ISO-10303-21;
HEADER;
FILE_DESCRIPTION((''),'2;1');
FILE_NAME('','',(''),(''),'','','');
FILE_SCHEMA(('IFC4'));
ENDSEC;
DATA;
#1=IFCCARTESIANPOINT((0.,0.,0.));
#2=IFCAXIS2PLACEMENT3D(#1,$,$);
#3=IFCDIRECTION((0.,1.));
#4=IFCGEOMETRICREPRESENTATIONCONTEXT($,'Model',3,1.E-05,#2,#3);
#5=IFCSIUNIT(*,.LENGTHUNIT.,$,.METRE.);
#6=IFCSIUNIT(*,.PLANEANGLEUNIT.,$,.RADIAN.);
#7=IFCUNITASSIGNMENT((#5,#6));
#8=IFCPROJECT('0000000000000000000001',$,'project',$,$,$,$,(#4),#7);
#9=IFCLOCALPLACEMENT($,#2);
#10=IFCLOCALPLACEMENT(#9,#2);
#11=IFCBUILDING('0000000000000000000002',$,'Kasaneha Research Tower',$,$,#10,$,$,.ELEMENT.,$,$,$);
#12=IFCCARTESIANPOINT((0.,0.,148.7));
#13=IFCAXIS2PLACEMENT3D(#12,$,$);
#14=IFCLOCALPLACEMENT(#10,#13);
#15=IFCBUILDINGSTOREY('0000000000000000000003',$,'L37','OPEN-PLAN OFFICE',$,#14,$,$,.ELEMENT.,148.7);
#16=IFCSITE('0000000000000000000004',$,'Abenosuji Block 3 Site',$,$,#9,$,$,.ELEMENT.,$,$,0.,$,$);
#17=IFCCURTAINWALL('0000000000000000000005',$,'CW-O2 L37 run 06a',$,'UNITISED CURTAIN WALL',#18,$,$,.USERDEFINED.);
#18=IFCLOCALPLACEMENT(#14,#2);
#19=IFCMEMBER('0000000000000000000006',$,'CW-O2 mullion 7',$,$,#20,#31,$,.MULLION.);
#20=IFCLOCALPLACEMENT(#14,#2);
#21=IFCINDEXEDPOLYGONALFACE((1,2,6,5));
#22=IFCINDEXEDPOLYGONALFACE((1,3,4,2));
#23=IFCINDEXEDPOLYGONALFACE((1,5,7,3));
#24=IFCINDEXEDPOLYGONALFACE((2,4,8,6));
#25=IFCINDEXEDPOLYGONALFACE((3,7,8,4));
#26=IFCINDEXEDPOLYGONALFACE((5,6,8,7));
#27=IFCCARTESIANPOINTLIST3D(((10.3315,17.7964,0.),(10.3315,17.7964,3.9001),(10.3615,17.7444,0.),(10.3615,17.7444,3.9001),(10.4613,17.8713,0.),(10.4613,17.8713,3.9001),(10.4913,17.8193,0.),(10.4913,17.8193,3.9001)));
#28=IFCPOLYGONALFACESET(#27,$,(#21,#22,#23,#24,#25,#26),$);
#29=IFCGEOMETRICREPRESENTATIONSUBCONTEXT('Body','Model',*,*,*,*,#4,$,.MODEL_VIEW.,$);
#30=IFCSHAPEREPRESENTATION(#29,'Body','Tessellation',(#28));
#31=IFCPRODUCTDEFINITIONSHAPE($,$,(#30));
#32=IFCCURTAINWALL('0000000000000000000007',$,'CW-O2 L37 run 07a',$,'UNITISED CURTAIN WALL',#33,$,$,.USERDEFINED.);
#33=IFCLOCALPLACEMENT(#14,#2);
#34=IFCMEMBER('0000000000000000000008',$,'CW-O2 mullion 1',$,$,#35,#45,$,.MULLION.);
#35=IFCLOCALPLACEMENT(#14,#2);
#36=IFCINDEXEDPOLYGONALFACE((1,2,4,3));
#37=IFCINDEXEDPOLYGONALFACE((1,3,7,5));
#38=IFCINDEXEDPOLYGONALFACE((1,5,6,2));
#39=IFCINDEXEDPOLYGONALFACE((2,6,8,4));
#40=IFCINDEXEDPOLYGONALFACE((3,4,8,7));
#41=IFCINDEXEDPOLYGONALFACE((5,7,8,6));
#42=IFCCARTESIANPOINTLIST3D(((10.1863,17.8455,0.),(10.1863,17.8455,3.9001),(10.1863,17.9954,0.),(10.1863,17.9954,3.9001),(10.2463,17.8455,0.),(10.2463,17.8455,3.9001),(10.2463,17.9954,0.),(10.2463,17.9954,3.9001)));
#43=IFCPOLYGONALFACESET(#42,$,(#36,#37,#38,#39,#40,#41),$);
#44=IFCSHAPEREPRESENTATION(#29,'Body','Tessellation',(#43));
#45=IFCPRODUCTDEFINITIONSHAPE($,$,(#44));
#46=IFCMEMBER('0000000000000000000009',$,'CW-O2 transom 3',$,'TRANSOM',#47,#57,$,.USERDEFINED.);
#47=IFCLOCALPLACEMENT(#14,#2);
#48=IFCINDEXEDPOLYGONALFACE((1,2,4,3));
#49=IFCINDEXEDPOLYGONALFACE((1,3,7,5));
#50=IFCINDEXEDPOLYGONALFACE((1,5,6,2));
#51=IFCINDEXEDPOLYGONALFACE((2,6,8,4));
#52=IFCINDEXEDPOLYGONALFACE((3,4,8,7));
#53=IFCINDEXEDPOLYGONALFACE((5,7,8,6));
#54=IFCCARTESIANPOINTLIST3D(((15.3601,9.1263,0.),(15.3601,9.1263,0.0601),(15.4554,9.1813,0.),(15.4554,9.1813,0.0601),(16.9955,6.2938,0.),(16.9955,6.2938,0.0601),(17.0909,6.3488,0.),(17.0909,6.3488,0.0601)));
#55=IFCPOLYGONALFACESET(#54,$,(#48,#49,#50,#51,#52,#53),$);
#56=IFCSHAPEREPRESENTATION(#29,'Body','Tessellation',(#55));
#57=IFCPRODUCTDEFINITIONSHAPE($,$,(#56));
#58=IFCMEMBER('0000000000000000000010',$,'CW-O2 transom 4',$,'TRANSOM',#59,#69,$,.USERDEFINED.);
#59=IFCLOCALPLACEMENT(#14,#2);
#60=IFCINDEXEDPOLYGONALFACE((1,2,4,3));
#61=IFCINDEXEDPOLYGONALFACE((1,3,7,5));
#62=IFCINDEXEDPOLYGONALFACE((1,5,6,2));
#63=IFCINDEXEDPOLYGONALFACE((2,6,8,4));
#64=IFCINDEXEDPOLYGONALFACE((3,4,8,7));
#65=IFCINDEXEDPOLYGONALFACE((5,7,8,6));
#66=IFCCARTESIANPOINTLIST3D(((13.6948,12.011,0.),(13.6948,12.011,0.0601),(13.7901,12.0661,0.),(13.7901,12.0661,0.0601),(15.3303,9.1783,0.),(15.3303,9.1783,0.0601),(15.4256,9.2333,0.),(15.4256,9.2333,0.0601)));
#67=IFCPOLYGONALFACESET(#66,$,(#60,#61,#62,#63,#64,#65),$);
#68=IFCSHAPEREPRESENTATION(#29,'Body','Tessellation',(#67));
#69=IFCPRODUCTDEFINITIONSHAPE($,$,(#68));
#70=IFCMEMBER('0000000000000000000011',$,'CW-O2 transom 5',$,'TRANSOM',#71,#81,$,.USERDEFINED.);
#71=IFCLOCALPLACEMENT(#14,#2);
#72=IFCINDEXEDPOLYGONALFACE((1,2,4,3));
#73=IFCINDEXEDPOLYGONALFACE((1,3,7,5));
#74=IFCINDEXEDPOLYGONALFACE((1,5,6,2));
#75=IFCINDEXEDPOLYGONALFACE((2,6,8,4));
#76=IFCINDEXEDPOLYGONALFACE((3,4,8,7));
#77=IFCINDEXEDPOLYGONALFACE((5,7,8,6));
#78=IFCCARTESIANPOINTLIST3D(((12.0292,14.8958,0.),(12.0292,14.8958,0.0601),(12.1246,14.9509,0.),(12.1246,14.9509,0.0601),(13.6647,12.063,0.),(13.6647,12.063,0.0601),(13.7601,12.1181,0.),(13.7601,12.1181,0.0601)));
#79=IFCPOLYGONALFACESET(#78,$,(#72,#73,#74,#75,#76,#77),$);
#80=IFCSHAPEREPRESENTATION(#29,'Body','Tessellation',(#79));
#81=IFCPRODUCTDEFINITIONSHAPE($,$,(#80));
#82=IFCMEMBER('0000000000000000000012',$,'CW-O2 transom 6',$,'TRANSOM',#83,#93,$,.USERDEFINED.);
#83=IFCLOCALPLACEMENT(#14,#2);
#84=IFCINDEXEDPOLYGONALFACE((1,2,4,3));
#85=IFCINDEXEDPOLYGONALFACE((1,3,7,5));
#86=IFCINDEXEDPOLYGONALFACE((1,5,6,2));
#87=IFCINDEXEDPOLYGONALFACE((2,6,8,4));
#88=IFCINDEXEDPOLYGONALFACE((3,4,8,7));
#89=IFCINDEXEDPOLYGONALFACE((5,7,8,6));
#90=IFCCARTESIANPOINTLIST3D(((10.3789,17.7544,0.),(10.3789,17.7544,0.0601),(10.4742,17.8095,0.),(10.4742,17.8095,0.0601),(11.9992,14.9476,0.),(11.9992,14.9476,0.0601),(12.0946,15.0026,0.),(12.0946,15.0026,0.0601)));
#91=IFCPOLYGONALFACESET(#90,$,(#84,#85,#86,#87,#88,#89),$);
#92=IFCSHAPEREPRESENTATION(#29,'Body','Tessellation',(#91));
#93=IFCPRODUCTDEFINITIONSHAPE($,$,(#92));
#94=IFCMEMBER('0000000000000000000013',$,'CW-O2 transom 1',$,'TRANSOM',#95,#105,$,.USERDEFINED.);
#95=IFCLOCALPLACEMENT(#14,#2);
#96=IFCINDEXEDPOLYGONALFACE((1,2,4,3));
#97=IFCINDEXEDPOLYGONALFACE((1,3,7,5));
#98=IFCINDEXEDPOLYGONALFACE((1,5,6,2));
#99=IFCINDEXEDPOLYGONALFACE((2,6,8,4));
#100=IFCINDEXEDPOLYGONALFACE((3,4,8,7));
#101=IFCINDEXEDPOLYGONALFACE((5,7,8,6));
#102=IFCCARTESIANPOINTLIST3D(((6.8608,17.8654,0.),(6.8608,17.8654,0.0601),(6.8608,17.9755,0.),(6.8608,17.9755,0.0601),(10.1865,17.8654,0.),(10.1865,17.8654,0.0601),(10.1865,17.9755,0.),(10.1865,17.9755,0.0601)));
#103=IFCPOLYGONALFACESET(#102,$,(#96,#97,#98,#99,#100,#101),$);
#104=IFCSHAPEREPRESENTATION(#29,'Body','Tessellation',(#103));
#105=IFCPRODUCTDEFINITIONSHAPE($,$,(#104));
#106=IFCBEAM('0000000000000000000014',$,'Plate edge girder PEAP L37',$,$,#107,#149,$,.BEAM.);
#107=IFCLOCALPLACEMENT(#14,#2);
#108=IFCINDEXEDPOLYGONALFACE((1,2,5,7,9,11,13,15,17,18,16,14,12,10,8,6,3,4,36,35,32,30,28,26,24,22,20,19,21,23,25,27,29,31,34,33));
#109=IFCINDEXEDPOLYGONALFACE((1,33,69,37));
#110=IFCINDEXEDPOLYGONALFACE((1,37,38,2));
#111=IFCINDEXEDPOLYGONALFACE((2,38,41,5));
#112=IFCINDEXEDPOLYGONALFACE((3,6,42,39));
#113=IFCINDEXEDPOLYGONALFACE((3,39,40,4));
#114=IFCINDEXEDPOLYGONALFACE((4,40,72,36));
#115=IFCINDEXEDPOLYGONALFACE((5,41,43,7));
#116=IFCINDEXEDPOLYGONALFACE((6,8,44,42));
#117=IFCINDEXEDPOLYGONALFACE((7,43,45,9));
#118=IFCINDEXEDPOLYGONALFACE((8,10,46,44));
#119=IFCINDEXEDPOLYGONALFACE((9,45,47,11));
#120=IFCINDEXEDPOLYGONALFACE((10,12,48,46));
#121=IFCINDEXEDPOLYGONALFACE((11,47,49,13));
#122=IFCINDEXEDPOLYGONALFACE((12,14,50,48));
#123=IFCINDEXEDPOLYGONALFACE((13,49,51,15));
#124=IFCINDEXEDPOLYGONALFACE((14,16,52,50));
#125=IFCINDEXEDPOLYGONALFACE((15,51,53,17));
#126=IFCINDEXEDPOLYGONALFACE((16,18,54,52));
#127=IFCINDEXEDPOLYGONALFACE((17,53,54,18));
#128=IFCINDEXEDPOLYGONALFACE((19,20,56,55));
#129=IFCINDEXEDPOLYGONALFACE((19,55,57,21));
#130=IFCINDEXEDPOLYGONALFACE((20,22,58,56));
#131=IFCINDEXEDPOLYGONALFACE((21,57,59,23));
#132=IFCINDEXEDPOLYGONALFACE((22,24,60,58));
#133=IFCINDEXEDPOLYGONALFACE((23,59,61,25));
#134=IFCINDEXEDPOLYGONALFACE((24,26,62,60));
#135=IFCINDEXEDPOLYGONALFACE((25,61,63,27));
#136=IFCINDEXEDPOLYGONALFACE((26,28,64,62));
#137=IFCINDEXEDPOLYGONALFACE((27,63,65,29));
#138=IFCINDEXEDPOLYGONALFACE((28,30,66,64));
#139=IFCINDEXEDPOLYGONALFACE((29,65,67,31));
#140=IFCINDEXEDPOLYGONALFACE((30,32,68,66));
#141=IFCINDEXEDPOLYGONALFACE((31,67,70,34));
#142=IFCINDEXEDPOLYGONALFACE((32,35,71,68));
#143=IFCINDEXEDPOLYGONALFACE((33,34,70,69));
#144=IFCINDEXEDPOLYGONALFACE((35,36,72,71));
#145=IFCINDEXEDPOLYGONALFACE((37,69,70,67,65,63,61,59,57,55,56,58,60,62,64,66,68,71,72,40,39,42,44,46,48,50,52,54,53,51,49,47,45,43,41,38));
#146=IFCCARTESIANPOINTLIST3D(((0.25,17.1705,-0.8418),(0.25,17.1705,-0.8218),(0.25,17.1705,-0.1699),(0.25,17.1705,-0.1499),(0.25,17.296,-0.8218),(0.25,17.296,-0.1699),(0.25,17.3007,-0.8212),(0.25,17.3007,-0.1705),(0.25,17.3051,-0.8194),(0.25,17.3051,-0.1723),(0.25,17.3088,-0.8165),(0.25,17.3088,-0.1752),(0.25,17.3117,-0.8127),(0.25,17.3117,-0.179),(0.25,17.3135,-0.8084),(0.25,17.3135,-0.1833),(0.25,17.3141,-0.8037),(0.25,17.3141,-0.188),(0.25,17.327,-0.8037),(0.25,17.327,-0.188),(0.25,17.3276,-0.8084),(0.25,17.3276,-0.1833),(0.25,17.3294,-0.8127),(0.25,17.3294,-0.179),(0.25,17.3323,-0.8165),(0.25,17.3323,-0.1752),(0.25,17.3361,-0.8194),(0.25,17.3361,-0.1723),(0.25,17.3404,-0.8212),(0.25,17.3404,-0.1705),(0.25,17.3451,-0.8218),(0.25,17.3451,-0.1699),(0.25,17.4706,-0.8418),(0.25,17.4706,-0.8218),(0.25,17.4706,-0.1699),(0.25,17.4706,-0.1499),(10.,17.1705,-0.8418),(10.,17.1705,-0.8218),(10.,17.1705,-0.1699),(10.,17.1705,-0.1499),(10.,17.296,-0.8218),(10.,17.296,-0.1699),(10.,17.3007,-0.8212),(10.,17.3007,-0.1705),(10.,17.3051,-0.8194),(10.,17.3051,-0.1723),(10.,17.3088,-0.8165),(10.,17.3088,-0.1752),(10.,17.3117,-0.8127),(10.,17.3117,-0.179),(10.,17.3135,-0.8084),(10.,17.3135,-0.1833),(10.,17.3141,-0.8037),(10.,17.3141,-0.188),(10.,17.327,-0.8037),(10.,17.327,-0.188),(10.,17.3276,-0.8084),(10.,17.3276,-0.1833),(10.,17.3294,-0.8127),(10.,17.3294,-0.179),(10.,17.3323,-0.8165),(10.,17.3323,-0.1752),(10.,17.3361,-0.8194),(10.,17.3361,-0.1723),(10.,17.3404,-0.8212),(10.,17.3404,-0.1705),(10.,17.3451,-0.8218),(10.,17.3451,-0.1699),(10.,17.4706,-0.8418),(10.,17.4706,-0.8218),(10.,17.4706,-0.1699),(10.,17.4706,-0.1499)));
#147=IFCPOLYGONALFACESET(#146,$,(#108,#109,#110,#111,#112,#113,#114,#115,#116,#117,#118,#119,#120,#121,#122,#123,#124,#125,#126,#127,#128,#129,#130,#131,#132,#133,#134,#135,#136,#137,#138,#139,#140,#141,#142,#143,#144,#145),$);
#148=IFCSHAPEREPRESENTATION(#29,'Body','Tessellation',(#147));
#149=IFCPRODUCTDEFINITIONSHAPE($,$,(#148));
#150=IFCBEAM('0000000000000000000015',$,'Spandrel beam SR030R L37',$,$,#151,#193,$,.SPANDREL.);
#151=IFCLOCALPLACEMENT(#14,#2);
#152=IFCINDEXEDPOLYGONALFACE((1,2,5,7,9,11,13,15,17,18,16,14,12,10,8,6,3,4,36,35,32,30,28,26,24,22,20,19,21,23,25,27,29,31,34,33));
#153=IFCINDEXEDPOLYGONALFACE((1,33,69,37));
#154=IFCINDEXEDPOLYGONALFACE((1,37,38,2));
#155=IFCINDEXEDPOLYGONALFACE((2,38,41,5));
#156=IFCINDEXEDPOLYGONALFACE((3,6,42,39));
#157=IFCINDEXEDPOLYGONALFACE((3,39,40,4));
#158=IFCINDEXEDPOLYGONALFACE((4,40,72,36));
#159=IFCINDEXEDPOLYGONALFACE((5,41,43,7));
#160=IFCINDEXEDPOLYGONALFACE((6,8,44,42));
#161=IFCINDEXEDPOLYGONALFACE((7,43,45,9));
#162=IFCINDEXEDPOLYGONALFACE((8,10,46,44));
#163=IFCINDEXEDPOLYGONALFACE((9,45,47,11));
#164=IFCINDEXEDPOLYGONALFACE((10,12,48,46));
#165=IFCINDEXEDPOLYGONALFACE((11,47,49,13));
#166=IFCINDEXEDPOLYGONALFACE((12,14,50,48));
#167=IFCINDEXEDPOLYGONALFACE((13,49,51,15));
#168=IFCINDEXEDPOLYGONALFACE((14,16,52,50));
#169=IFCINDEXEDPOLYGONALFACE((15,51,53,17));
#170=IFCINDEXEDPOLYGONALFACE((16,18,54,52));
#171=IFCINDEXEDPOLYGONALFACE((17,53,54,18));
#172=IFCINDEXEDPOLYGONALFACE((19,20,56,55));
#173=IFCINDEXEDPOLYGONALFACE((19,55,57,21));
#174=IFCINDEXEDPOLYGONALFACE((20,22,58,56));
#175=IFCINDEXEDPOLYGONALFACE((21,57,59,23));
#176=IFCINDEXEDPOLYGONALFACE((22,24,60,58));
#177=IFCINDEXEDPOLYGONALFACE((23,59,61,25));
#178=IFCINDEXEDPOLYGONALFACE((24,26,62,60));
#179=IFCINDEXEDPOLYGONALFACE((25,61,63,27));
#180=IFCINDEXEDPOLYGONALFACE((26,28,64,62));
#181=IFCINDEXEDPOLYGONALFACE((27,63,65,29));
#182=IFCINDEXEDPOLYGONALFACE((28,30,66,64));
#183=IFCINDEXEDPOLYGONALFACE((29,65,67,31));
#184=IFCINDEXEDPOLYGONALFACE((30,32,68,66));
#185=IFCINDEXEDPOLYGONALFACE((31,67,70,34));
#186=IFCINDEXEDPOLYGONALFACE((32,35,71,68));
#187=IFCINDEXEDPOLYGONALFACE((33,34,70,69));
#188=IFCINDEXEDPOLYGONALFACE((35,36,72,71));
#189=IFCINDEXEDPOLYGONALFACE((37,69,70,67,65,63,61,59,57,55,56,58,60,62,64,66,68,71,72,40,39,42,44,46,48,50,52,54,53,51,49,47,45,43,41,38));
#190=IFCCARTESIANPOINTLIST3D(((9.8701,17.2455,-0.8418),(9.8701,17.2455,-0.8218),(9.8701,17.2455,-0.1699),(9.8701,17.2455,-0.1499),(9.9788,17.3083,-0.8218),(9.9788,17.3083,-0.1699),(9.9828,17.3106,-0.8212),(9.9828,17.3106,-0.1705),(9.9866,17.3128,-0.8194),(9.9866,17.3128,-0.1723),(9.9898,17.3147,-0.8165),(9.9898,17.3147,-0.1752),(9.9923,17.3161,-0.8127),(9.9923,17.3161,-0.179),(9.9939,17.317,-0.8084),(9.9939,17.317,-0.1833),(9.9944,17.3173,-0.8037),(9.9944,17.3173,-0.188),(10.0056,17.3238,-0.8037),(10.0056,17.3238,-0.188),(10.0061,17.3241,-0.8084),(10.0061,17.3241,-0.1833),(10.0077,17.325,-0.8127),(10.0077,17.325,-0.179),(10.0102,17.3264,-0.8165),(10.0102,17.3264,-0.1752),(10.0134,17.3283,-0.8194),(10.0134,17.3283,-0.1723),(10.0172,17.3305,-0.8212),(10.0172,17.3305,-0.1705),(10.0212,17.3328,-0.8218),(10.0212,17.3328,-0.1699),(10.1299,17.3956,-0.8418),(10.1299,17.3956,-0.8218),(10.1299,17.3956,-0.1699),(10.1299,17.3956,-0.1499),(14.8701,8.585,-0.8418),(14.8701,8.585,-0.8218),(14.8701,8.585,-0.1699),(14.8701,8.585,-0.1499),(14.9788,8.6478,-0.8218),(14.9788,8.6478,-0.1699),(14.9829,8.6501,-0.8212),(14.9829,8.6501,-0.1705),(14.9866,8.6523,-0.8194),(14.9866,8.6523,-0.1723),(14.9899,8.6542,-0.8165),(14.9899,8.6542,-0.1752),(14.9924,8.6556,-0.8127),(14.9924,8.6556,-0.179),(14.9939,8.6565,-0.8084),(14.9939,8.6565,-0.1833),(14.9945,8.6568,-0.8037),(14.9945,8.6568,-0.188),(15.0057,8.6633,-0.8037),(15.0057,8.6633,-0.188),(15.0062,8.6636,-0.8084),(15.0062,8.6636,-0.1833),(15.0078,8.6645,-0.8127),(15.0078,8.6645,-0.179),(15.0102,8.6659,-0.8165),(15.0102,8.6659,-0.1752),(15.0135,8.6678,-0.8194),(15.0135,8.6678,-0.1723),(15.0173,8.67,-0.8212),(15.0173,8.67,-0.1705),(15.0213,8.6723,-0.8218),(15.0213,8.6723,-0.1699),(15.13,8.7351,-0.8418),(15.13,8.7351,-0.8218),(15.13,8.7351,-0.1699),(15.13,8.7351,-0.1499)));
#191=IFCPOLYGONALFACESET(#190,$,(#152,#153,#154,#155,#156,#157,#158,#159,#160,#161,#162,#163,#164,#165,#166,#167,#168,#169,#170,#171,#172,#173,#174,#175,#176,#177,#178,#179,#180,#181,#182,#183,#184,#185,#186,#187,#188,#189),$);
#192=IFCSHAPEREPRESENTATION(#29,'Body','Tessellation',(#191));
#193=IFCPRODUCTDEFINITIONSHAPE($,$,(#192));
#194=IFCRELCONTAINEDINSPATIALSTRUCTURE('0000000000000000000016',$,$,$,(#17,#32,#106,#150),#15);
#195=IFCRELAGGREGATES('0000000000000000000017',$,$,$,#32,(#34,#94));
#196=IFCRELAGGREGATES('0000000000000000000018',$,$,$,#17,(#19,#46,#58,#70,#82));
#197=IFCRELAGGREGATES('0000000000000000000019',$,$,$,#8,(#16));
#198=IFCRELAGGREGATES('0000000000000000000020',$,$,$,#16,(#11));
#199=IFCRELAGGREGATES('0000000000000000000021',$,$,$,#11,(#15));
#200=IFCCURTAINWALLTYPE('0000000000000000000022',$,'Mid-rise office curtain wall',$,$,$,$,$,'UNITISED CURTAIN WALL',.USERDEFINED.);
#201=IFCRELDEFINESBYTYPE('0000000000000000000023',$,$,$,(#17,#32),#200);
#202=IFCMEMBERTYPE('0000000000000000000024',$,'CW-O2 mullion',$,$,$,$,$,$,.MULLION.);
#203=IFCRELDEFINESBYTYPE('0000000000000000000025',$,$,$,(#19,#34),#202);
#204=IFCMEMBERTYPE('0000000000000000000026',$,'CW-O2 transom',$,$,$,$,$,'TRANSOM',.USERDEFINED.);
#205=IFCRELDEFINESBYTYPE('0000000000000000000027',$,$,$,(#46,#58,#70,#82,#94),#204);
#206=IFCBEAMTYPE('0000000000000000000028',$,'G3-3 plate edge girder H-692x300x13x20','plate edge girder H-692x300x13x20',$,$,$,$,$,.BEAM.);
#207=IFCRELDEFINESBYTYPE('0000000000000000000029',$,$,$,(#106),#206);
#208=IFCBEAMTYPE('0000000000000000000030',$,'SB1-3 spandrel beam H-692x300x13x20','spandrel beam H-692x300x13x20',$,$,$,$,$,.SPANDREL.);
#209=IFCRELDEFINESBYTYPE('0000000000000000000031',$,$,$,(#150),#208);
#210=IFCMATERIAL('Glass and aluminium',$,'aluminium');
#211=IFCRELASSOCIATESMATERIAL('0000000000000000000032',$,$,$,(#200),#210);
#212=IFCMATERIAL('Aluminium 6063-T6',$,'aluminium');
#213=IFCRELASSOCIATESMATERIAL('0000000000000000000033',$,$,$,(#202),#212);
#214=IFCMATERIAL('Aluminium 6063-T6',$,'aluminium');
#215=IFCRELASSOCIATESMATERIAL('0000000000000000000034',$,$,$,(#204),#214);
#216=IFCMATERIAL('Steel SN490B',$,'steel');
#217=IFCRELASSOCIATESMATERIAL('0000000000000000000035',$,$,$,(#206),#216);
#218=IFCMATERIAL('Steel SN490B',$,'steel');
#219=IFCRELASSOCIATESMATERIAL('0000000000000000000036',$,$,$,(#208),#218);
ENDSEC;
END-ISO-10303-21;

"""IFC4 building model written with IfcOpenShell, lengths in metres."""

from ifc_helpers import new_model, si_unit, direction, frame, origin, origin_2d, place, context, subcontext, project, spatial, rectangle, i_section, extrude, material, material_profile, profile_set, type_object, element, aggregate, save


model = new_model("IFC4")

# Units and contexts
model_context = context("Model", 3, precision=1e-05, world=origin(), true_north=direction((0.0, 1.0)))
body_context = subcontext(model_context, "Body", "Model", "MODEL_VIEW")
ifc_project = project(units=[si_unit("LENGTHUNIT", "METRE"), si_unit("PLANEANGLEUNIT", "RADIAN")], contexts=[model_context])

# Site, building, storey
site_placement = place(None, origin())
site = spatial("IfcSite", under=ifc_project, at=site_placement, Name="Abenosuji Block 3 Site", CompositionType="ELEMENT", RefElevation=0.0)
building_placement = place(site_placement, origin())
building = spatial("IfcBuilding", under=site, at=building_placement, Name="Kasaneha Research Tower", CompositionType="ELEMENT")
storey_placement = place(building_placement, frame((0.0, 0.0, 148.7)))
storey = spatial("IfcBuildingStorey", under=building, at=storey_placement, Name="L37", Description="OPEN-PLAN OFFICE", CompositionType="ELEMENT", Elevation=148.7)

# Curtain wall, member
ifc_material_1 = material(Name="Glass and aluminium", Category="aluminium")
curtain_wall_type = type_object("IfcCurtainWallType", Name="Mid-rise office curtain wall", ElementType="UNITISED CURTAIN WALL", PredefinedType="USERDEFINED", material=ifc_material_1)
curtain_wall_1_placement = place(storey_placement, origin())
curtain_wall_1 = element("IfcCurtainWall", 1, at=curtain_wall_1_placement, inside=storey, type_object=curtain_wall_type, Name="CW-O2 L37 run 06a", ObjectType="UNITISED CURTAIN WALL", PredefinedType="USERDEFINED")
ifc_material_2 = material(Name="Aluminium 6063-T6", Category="aluminium")
ifc_material_profile_1 = material_profile(ifc_material_2, rectangle(XDim=0.0601, YDim=0.1499, at=origin_2d()), Name="CW-O2 mullion 60x150")
ifc_profile_set_1 = profile_set([ifc_material_profile_1], Name="Aluminium 6063-T6")
member_type_1 = type_object("IfcMemberType", Name="CW-O2 mullion", PredefinedType="MULLION", material=ifc_profile_set_1)
member_1_placement = place(storey_placement, frame((10.4114, 17.8079, 0.0), z_axis=(0.0, 0.0, 1.0), x_axis=(-0.5, 0.866025, 0.0)))
member_1 = element("IfcMember", 2, at=member_1_placement, type_object=member_type_1, Name="CW-O2 mullion 7", PredefinedType="MULLION", context=body_context, shape_type="SweptSolid", body=[
    extrude(rectangle(XDim=0.0601, YDim=0.1499, at=origin_2d()), origin(), (0.0, 0.0, 1.0), 3.9001),
])

# Curtain wall, member
curtain_wall_2_placement = place(storey_placement, origin())
curtain_wall_2 = element("IfcCurtainWall", 3, at=curtain_wall_2_placement, inside=storey, type_object=curtain_wall_type, Name="CW-O2 L37 run 07a", ObjectType="UNITISED CURTAIN WALL", PredefinedType="USERDEFINED")
member_2_placement = place(storey_placement, frame((10.2163, 17.9204, 0.0), z_axis=(0.0, 0.0, 1.0), x_axis=(-1.0, 0.0, 0.0)))
member_2 = element("IfcMember", 4, at=member_2_placement, type_object=member_type_1, Name="CW-O2 mullion 1", PredefinedType="MULLION", context=body_context, shape_type="SweptSolid", body=[
    extrude(rectangle(XDim=0.0601, YDim=0.1499, at=origin_2d()), origin(), (0.0, 0.0, 1.0), 3.9001),
])

# Members
ifc_material_3 = material(Name="Aluminium 6063-T6", Category="aluminium")
ifc_material_profile_2 = material_profile(ifc_material_3, rectangle(XDim=0.1101, YDim=0.0601, at=origin_2d()), Name="CW-O2 transom 110x60")
ifc_profile_set_2 = profile_set([ifc_material_profile_2], Name="Aluminium 6063-T6")
member_type_2 = type_object("IfcMemberType", Name="CW-O2 transom", ElementType="TRANSOM", PredefinedType="USERDEFINED", material=ifc_profile_set_2)
member_3_placement = place(storey_placement, frame((17.0432, 6.3213, 0.03), z_axis=(-0.500033, 0.866007, 0.0), x_axis=(-0.866007, -0.500033, 0.0)))
member_3 = element("IfcMember", 5, at=member_3_placement, type_object=member_type_2, Name="CW-O2 transom 3", ObjectType="TRANSOM", PredefinedType="USERDEFINED", context=body_context, shape_type="SweptSolid", body=[
    extrude(rectangle(XDim=0.1101, YDim=0.0601, at=origin_2d()), origin(), (0.0, 0.0, 1.0), 3.2708),
])
member_4_placement = place(storey_placement, frame((15.3779, 9.2058, 0.03), z_axis=(-0.5, 0.866025, 0.0), x_axis=(-0.866025, -0.5, 0.0)))
member_4 = element("IfcMember", 6, at=member_4_placement, type_object=member_type_2, Name="CW-O2 transom 4", ObjectType="TRANSOM", PredefinedType="USERDEFINED", context=body_context, shape_type="SweptSolid", body=[
    extrude(rectangle(XDim=0.1101, YDim=0.0601, at=origin_2d()), origin(), (0.0, 0.0, 1.0), 3.271),
])
member_5_placement = place(storey_placement, frame((13.7124, 12.0906, 0.03), z_axis=(-0.5, 0.866025, 0.0), x_axis=(-0.866025, -0.5, 0.0)))
member_5 = element("IfcMember", 7, at=member_5_placement, type_object=member_type_2, Name="CW-O2 transom 5", ObjectType="TRANSOM", PredefinedType="USERDEFINED", context=body_context, shape_type="SweptSolid", body=[
    extrude(rectangle(XDim=0.1101, YDim=0.0601, at=origin_2d()), origin(), (0.0, 0.0, 1.0), 3.271),
])
member_6_placement = place(storey_placement, frame((12.0469, 14.9751, 0.03), z_axis=(-0.499955, 0.866051, 0.0), x_axis=(-0.866051, -0.499955, 0.0)))
member_6 = element("IfcMember", 8, at=member_6_placement, type_object=member_type_2, Name="CW-O2 transom 6", ObjectType="TRANSOM", PredefinedType="USERDEFINED", context=body_context, shape_type="SweptSolid", body=[
    extrude(rectangle(XDim=0.1101, YDim=0.0601, at=origin_2d()), origin(), (0.0, 0.0, 1.0), 3.241),
])
member_7_placement = place(storey_placement, frame((10.1865, 17.9204, 0.03), z_axis=(-1.0, 0.0, 0.0), x_axis=(0.0, -1.0, 0.0)))
member_7 = element("IfcMember", 9, at=member_7_placement, type_object=member_type_2, Name="CW-O2 transom 1", ObjectType="TRANSOM", PredefinedType="USERDEFINED", context=body_context, shape_type="SweptSolid", body=[
    extrude(rectangle(XDim=0.1101, YDim=0.0601, at=origin_2d()), origin(), (0.0, 0.0, 1.0), 3.3257),
])
aggregate(curtain_wall_2, [member_2, member_7])

# Beams
ifc_material_4 = material(Name="Steel SN490B", Category="steel")
ifc_material_profile_3 = material_profile(ifc_material_4, i_section(OverallWidth=0.3, OverallDepth=0.6919, WebThickness=0.0129, FlangeThickness=0.02, FilletRadius=0.0181, at=origin_2d()), Name="H-692x300x13x20")
ifc_profile_set_3 = profile_set([ifc_material_profile_3], Name="Steel SN490B")
beam_type_1 = type_object("IfcBeamType", Name="G3-3 plate edge girder H-692x300x13x20", Description="plate edge girder H-692x300x13x20", PredefinedType="BEAM", material=ifc_profile_set_3)
beam_1_placement = place(storey_placement, frame((10.0, 17.3206, -0.4958), z_axis=(-1.0, 0.0, 0.0), x_axis=(0.0, -1.0, 0.0)))
element("IfcBeam", 10, at=beam_1_placement, inside=storey, type_object=beam_type_1, Name="Plate edge girder PEAP L37", PredefinedType="BEAM", context=body_context, shape_type="SweptSolid", body=[
    extrude(i_section(OverallWidth=0.3, OverallDepth=0.6919, WebThickness=0.0129, FlangeThickness=0.02, FilletRadius=0.0181, at=origin_2d()), origin(), (0.0, 0.0, 1.0), 9.75),
])
ifc_material_5 = material(Name="Steel SN490B", Category="steel")
ifc_material_profile_4 = material_profile(ifc_material_5, i_section(OverallWidth=0.3, OverallDepth=0.6919, WebThickness=0.0129, FlangeThickness=0.02, FilletRadius=0.0181, at=origin_2d()), Name="H-692x300x13x20")
ifc_profile_set_4 = profile_set([ifc_material_profile_4], Name="Steel SN490B")
beam_type_2 = type_object("IfcBeamType", Name="SB1-3 spandrel beam H-692x300x13x20", Description="spandrel beam H-692x300x13x20", PredefinedType="SPANDREL", material=ifc_profile_set_4)
beam_2_placement = place(storey_placement, frame((10.0, 17.3206, -0.4958), z_axis=(0.499994, -0.866029, 0.0), x_axis=(0.866029, 0.499994, 0.0)))
element("IfcBeam", 11, at=beam_2_placement, inside=storey, type_object=beam_type_2, Name="Spandrel beam SR030R L37", PredefinedType="SPANDREL", context=body_context, shape_type="SweptSolid", body=[
    extrude(i_section(OverallWidth=0.3, OverallDepth=0.6919, WebThickness=0.0129, FlangeThickness=0.02, FilletRadius=0.0181, at=origin_2d()), origin(), (0.0, 0.0, 1.0), 10.0002),
])

aggregate(curtain_wall_1, [member_1, member_3, member_4, member_5, member_6])

save(model, "model.ifc")
